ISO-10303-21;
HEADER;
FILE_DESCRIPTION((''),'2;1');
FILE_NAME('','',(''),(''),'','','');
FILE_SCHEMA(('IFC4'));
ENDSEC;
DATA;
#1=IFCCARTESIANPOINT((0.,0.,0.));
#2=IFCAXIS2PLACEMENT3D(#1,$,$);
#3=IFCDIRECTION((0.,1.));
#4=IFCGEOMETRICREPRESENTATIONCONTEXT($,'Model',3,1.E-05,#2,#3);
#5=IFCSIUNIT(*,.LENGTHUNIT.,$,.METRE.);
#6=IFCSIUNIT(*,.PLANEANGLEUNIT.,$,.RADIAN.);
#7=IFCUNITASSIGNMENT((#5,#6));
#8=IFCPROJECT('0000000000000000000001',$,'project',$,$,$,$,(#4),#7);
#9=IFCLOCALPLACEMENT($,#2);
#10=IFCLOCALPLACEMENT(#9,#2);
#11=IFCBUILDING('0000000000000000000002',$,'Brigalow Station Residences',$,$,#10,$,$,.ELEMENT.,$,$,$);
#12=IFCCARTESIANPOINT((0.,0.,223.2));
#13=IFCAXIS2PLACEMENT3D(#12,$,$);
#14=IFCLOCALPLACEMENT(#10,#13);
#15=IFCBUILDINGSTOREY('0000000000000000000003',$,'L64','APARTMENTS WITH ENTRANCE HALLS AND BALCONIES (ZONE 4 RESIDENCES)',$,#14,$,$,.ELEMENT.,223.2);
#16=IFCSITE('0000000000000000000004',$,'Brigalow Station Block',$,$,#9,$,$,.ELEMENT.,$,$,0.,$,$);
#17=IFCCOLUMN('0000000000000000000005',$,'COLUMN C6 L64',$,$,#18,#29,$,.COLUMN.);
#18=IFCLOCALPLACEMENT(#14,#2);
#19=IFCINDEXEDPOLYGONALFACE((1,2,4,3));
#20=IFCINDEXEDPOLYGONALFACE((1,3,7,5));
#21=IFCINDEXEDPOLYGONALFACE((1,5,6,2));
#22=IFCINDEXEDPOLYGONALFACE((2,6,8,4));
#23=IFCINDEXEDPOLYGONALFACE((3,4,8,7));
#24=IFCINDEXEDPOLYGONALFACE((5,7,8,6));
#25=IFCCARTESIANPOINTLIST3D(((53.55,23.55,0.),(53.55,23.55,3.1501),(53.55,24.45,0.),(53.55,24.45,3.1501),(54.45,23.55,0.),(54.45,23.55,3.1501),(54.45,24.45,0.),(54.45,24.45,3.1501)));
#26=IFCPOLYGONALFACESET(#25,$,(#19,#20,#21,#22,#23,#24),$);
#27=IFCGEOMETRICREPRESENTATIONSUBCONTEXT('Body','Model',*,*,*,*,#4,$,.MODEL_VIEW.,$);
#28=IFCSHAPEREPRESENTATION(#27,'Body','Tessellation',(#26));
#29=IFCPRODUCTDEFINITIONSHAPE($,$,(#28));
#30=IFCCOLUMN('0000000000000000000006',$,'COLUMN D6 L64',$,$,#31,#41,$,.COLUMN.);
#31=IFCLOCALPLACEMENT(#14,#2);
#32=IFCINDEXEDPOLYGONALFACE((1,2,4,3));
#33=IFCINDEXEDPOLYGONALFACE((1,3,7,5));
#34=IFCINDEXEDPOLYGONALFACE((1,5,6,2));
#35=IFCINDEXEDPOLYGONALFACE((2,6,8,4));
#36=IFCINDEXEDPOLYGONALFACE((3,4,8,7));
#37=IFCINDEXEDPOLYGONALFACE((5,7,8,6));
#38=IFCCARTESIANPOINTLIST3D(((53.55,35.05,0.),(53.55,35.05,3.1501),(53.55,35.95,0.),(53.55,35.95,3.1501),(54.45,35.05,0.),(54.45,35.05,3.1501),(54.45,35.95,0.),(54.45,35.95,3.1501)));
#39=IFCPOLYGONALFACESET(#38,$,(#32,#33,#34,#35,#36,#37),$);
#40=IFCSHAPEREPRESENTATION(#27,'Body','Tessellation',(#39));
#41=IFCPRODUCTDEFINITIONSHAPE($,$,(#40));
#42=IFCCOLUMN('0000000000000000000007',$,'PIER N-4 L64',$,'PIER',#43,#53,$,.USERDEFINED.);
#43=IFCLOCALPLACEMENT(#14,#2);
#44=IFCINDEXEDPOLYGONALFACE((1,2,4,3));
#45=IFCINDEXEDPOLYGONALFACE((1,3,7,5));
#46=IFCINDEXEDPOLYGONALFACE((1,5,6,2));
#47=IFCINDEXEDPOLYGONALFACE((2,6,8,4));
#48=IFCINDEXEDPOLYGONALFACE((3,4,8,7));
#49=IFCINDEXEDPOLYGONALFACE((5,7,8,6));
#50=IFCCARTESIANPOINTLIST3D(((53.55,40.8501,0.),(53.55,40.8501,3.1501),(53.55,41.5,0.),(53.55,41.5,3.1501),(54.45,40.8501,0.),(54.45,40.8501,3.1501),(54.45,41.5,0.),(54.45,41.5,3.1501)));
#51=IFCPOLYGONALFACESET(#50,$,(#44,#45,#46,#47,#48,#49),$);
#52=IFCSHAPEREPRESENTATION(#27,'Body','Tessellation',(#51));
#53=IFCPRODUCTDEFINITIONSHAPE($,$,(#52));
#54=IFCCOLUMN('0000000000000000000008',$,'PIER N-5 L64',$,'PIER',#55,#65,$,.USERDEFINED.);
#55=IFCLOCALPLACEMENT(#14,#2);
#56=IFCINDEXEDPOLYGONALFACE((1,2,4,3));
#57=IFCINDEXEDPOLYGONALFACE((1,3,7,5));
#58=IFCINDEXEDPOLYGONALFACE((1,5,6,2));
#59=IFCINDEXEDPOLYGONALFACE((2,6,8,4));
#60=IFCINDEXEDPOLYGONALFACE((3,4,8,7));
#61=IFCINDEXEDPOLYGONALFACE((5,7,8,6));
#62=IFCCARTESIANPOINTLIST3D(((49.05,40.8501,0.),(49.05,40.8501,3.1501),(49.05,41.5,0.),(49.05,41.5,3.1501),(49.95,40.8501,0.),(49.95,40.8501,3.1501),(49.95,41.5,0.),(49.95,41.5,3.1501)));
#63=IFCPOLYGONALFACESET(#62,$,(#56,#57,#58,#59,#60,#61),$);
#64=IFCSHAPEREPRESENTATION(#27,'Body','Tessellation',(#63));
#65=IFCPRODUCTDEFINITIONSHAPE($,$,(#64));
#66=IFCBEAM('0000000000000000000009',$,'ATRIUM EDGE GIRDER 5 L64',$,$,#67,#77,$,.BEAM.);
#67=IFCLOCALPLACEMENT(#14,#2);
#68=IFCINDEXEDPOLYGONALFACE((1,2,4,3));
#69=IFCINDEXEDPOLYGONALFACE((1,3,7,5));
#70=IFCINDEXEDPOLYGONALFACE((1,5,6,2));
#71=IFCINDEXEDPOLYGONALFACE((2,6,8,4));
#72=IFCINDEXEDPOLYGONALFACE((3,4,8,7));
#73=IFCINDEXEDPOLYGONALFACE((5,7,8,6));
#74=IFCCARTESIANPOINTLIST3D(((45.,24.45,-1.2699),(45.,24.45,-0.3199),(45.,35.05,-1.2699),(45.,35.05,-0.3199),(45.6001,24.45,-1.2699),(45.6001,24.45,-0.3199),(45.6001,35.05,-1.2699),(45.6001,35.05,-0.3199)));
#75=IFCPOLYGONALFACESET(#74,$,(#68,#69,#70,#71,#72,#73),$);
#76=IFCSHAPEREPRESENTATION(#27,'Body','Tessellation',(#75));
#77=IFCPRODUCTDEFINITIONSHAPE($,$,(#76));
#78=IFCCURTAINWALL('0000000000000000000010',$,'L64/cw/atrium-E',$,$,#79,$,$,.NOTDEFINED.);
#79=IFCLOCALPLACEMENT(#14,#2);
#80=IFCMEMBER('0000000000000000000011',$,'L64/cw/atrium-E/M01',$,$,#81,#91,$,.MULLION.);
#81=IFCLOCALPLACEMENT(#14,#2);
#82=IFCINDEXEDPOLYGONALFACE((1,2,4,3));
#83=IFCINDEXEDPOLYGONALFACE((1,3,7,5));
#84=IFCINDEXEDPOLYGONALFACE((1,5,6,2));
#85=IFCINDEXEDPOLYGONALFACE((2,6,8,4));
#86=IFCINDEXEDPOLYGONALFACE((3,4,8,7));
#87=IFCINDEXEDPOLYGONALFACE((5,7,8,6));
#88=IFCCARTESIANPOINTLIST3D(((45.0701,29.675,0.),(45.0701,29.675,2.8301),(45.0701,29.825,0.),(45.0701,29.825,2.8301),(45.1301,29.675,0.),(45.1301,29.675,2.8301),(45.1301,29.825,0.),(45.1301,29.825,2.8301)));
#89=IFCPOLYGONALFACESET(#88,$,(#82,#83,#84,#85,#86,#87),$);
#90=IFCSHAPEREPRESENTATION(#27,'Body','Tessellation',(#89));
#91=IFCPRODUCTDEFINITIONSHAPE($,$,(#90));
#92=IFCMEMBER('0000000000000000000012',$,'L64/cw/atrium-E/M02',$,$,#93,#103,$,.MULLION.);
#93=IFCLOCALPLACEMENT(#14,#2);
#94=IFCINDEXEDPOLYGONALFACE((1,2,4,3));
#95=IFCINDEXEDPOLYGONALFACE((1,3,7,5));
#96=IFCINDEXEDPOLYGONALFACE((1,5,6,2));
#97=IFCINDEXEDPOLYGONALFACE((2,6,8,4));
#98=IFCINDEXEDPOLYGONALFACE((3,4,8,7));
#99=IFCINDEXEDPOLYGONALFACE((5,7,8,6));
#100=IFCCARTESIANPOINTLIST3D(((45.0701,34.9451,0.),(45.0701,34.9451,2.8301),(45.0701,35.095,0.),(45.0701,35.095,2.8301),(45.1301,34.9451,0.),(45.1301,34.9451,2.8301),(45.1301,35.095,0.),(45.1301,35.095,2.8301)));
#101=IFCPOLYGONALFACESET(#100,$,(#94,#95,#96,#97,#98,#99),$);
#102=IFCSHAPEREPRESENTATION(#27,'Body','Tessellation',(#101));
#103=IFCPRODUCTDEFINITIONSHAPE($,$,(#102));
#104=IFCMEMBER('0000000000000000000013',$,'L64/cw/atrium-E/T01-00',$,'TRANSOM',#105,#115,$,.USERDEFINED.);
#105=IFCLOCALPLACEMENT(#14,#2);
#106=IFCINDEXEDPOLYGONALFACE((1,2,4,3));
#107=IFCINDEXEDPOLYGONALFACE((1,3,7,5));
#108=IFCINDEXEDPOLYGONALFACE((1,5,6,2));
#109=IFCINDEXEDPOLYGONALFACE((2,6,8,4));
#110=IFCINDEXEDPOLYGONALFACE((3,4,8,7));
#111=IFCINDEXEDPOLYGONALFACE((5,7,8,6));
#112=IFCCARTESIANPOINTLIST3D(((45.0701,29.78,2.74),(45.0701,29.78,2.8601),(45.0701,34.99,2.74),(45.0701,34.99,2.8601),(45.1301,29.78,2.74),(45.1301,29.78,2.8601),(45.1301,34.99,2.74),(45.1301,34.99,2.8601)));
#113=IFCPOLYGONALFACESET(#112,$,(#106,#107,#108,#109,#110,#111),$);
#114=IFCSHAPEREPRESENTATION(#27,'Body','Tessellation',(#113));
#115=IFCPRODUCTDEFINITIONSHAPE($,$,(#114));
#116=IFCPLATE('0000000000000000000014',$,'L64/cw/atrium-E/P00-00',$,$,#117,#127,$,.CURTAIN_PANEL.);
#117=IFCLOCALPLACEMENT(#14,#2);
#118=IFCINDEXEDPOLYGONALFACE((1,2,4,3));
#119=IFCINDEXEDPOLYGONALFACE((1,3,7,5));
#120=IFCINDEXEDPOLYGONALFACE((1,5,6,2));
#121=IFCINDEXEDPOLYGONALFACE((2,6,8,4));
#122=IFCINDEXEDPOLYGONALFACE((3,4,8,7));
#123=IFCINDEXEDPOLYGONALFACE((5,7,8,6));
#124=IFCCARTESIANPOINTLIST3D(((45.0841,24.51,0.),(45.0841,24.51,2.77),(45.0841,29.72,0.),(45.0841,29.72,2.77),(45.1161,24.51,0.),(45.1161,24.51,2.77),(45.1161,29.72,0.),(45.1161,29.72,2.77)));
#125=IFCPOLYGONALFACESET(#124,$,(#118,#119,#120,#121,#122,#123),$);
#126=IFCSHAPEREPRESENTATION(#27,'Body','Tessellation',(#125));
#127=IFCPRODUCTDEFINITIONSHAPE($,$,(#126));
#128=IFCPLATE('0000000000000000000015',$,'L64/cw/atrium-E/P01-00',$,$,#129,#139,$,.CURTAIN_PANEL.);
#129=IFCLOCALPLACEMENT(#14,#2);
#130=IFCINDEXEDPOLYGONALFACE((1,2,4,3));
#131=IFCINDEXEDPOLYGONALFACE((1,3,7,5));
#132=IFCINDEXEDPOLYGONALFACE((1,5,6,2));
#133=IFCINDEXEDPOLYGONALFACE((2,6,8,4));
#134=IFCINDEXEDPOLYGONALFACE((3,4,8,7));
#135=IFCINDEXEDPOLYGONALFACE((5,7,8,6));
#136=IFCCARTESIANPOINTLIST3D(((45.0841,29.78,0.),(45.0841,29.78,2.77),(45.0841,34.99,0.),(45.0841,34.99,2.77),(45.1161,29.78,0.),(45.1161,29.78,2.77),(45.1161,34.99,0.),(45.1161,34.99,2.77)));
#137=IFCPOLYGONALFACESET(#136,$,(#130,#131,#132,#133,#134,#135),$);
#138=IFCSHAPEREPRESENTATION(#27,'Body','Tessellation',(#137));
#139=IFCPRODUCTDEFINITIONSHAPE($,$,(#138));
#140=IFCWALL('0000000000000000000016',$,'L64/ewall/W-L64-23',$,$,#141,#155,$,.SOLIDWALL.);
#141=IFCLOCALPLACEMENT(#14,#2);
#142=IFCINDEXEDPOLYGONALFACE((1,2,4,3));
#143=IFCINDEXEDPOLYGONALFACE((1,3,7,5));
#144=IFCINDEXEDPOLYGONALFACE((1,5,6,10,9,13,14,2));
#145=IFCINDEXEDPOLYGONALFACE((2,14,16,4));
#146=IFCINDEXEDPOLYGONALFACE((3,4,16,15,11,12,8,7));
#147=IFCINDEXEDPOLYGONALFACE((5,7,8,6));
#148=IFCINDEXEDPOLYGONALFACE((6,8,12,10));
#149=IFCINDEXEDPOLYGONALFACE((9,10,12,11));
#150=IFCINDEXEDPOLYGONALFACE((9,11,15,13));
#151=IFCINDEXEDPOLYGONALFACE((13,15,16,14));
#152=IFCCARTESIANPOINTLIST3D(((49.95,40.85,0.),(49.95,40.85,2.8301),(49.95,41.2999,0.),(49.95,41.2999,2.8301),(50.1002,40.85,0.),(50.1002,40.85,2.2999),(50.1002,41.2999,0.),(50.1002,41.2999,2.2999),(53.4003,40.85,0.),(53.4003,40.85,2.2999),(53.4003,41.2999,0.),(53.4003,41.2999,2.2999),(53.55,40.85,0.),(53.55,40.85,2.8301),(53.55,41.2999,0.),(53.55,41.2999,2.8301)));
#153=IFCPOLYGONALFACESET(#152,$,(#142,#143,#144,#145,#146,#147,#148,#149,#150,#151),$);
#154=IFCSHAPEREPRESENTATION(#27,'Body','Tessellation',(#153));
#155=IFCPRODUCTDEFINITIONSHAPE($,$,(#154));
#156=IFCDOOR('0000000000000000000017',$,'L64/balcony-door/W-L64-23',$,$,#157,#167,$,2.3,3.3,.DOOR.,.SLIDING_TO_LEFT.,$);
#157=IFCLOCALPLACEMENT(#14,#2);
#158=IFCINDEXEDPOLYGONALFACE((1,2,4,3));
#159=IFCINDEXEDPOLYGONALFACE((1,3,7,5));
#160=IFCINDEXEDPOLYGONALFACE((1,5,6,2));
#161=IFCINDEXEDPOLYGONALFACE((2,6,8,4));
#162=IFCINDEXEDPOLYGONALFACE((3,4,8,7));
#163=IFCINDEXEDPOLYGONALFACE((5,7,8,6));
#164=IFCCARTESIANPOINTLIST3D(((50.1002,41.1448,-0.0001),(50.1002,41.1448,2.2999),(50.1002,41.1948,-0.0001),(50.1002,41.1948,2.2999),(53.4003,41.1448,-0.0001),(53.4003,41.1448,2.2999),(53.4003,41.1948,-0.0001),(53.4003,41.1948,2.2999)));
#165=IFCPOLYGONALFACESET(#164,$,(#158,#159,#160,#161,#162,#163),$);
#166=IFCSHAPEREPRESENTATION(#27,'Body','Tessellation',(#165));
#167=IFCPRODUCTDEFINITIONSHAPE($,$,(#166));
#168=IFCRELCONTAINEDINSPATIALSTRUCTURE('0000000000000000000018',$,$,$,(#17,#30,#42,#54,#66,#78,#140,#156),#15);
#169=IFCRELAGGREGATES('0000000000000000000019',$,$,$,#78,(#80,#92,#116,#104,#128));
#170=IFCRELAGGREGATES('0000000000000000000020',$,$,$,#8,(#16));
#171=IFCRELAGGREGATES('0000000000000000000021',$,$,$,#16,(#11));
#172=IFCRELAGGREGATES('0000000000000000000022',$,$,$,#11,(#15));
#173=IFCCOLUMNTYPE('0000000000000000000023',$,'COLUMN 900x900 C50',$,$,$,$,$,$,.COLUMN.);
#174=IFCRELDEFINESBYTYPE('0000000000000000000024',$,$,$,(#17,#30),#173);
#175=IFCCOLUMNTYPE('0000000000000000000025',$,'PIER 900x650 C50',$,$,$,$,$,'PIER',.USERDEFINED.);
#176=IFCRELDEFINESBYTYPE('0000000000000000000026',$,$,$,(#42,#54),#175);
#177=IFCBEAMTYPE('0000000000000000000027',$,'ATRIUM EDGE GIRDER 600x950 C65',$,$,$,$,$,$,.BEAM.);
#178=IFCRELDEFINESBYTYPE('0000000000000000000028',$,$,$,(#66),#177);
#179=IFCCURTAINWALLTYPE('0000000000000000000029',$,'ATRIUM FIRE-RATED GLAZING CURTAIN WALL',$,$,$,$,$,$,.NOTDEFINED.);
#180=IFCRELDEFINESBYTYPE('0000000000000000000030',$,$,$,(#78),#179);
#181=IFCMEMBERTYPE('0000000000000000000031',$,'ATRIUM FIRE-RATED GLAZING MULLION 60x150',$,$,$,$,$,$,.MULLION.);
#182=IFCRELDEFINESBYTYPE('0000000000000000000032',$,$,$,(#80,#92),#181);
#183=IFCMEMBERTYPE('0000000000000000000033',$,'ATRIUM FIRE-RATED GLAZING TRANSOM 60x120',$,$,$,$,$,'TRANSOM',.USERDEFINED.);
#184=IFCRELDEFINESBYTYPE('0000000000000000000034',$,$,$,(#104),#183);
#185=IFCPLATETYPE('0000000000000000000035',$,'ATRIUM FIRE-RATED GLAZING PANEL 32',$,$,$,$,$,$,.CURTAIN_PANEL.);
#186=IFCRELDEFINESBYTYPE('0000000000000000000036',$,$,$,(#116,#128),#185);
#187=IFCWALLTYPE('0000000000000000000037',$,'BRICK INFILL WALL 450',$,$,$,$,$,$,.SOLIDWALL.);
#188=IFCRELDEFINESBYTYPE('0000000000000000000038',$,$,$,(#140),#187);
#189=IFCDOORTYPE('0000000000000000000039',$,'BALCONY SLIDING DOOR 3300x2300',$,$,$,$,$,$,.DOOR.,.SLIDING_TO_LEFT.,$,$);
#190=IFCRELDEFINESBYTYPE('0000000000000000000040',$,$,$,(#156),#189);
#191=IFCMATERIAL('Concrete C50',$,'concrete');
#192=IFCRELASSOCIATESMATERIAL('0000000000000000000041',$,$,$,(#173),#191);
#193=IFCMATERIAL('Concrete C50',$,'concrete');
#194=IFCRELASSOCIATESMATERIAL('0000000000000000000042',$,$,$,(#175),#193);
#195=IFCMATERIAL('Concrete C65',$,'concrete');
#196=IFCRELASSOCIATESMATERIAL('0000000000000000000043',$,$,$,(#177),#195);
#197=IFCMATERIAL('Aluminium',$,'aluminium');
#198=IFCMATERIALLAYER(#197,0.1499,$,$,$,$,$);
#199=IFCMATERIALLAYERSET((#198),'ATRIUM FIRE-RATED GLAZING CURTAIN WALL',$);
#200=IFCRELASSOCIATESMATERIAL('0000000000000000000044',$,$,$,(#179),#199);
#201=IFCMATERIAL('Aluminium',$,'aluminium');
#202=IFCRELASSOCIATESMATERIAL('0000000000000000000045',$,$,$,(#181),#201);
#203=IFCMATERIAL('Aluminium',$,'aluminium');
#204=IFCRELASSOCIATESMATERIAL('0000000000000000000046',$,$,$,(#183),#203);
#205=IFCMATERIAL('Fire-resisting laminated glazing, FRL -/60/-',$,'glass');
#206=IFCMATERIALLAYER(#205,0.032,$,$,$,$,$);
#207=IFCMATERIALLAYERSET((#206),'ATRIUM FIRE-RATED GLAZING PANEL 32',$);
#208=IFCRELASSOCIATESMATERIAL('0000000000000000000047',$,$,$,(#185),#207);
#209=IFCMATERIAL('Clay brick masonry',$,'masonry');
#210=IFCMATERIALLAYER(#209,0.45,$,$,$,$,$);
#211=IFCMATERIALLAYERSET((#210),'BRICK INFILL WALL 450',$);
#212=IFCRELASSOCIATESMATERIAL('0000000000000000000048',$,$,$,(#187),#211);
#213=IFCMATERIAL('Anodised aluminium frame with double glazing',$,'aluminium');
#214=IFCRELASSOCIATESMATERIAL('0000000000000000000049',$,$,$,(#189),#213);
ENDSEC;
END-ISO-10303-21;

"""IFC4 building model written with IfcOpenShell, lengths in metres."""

from ifc_helpers import new_model, si_unit, direction, frame, frame_2d, origin, origin_2d, place, context, subcontext, project, spatial, rectangle, extrude, material, layer, layer_set, material_profile, profile_set, type_object, element, fill, aggregate, save


model = new_model("IFC4")

# Units and contexts
model_context = context("Model", 3, precision=1e-05, world=origin(), true_north=direction((0.0, 1.0)))
body_context = subcontext(model_context, "Body", "Model", "MODEL_VIEW")
ifc_project = project(units=[si_unit("LENGTHUNIT", "METRE"), si_unit("PLANEANGLEUNIT", "RADIAN")], contexts=[model_context])

# Site, building, storey
site_placement = place(None, origin())
site = spatial("IfcSite", under=ifc_project, at=site_placement, Name="Brigalow Station Block", CompositionType="ELEMENT", RefElevation=0.0)
building_placement = place(site_placement, origin())
building = spatial("IfcBuilding", under=site, at=building_placement, Name="Brigalow Station Residences", CompositionType="ELEMENT")
storey_placement = place(building_placement, frame((0.0, 0.0, 223.2)))
storey = spatial("IfcBuildingStorey", under=building, at=storey_placement, Name="L64", Description="APARTMENTS WITH ENTRANCE HALLS AND BALCONIES (ZONE 4 RESIDENCES)", CompositionType="ELEMENT", Elevation=223.2)

# Columns
ifc_material_1 = material(Name="Concrete C50", Category="concrete")
ifc_material_profile_1 = material_profile(ifc_material_1, rectangle(XDim=0.8999, YDim=0.8999, at=origin_2d()), Name="RC900x900")
ifc_profile_set_1 = profile_set([ifc_material_profile_1], Name="Concrete C50")
column_type_1 = type_object("IfcColumnType", Name="COLUMN 900x900 C50", PredefinedType="COLUMN", material=ifc_profile_set_1)
for number, where, z_axis, x_axis, name in (
    (1, (54.0, 24.0, 0.0), (0.0, 0.0, 1.0), (1.0, 0.0, 0.0), "COLUMN C6 L64"),
    (2, (54.0, 35.5, 0.0), (0.0, 0.0, 1.0), (1.0, 0.0, 0.0), "COLUMN D6 L64"),
):
    element("IfcColumn", number, at=place(storey_placement, frame(where, z_axis=z_axis, x_axis=x_axis)), inside=storey, type_object=column_type_1, Name=name, PredefinedType="COLUMN", context=body_context, shape_type="SweptSolid", body=[
        extrude(rectangle(XDim=0.8999, YDim=0.8999, at=origin_2d()), origin(), (0.0, 0.0, 1.0), 3.1501),
    ])
ifc_material_2 = material(Name="Concrete C50", Category="concrete")
ifc_material_profile_2 = material_profile(ifc_material_2, rectangle(XDim=0.8999, YDim=0.6499, at=origin_2d()), Name="RC900x650")
ifc_profile_set_2 = profile_set([ifc_material_profile_2], Name="Concrete C50")
column_type_2 = type_object("IfcColumnType", Name="PIER 900x650 C50", ElementType="PIER", PredefinedType="USERDEFINED", material=ifc_profile_set_2)
for number, where, z_axis, x_axis, name in (
    (3, (54.0, 41.175, 0.0), (0.0, 0.0, 1.0), (-1.0, 0.0, 0.0), "PIER N-4 L64"),
    (4, (49.5, 41.175, 0.0), (0.0, 0.0, 1.0), (-1.0, 0.0, 0.0), "PIER N-5 L64"),
):
    element("IfcColumn", number, at=place(storey_placement, frame(where, z_axis=z_axis, x_axis=x_axis)), inside=storey, type_object=column_type_2, Name=name, ObjectType="PIER", PredefinedType="USERDEFINED", context=body_context, shape_type="SweptSolid", body=[
        extrude(rectangle(XDim=0.8999, YDim=0.6499, at=origin_2d()), origin(), (0.0, 0.0, 1.0), 3.1501),
    ])

# Beam
ifc_material_3 = material(Name="Concrete C65", Category="concrete")
ifc_material_profile_3 = material_profile(ifc_material_3, rectangle(XDim=0.6001, YDim=0.95, at=origin_2d()), Name="RC600x950")
ifc_profile_set_3 = profile_set([ifc_material_profile_3], Name="Concrete C65")
beam_type = type_object("IfcBeamType", Name="ATRIUM EDGE GIRDER 600x950 C65", PredefinedType="BEAM", material=ifc_profile_set_3)
beam_placement = place(storey_placement, frame((45.3, 24.45, -0.7949), z_axis=(0.0, 1.0, 0.0), x_axis=(-1.0, 0.0, 0.0)))
element("IfcBeam", 5, at=beam_placement, inside=storey, type_object=beam_type, Name="ATRIUM EDGE GIRDER 5 L64", PredefinedType="BEAM", context=body_context, shape_type="SweptSolid", body=[
    extrude(rectangle(XDim=0.6001, YDim=0.95, at=origin_2d()), origin(), (0.0, 0.0, 1.0), 10.6001),
])

# Curtain wall, members, plates
ifc_material_4 = material(Name="Aluminium", Category="aluminium")
ifc_layer_1 = layer(ifc_material_4, 0.1499)
ifc_layer_set_1 = layer_set([ifc_layer_1], Name="ATRIUM FIRE-RATED GLAZING CURTAIN WALL")
curtain_wall_type = type_object("IfcCurtainWallType", Name="ATRIUM FIRE-RATED GLAZING CURTAIN WALL", PredefinedType="NOTDEFINED", material=ifc_layer_set_1)
curtain_wall_placement = place(storey_placement, origin())
curtain_wall = element("IfcCurtainWall", 6, at=curtain_wall_placement, inside=storey, type_object=curtain_wall_type, Name="L64/cw/atrium-E", PredefinedType="NOTDEFINED")
ifc_material_5 = material(Name="Aluminium", Category="aluminium")
ifc_material_profile_4 = material_profile(ifc_material_5, rectangle(XDim=0.0601, YDim=0.1499, at=origin_2d()), Name="ATRIUM FIRE-RATED GLAZING MULLION 60x150")
ifc_profile_set_4 = profile_set([ifc_material_profile_4], Name="Aluminium")
member_type_1 = type_object("IfcMemberType", Name="ATRIUM FIRE-RATED GLAZING MULLION 60x150", PredefinedType="MULLION", material=ifc_profile_set_4)
member_1_placement = place(storey_placement, frame((45.1001, 29.75, 0.0), z_axis=(0.0, 0.0, 1.0), x_axis=(-1.0, 0.0, 0.0)))
member_1 = element("IfcMember", 7, at=member_1_placement, type_object=member_type_1, Name="L64/cw/atrium-E/M01", PredefinedType="MULLION", context=body_context, shape_type="SweptSolid", body=[
    extrude(rectangle(XDim=0.0601, YDim=0.1499, at=origin_2d()), origin(), (0.0, 0.0, 1.0), 2.8301),
])
member_2_placement = place(storey_placement, frame((45.1001, 35.02, 0.0), z_axis=(0.0, 0.0, 1.0), x_axis=(-1.0, 0.0, 0.0)))
member_2 = element("IfcMember", 8, at=member_2_placement, type_object=member_type_1, Name="L64/cw/atrium-E/M02", PredefinedType="MULLION", context=body_context, shape_type="SweptSolid", body=[
    extrude(rectangle(XDim=0.0601, YDim=0.1499, at=origin_2d()), origin(), (0.0, 0.0, 1.0), 2.8301),
])
ifc_material_6 = material(Name="Aluminium", Category="aluminium")
ifc_material_profile_5 = material_profile(ifc_material_6, rectangle(XDim=0.0601, YDim=0.1201, at=origin_2d()), Name="ATRIUM FIRE-RATED GLAZING TRANSOM 60x120")
ifc_profile_set_5 = profile_set([ifc_material_profile_5], Name="Aluminium")
member_type_2 = type_object("IfcMemberType", Name="ATRIUM FIRE-RATED GLAZING TRANSOM 60x120", ElementType="TRANSOM", PredefinedType="USERDEFINED", material=ifc_profile_set_5)
member_3_placement = place(storey_placement, frame((45.1001, 29.78, 2.8), z_axis=(0.0, 1.0, 0.0), x_axis=(-1.0, 0.0, 0.0)))
member_3 = element("IfcMember", 9, at=member_3_placement, type_object=member_type_2, Name="L64/cw/atrium-E/T01-00", ObjectType="TRANSOM", PredefinedType="USERDEFINED", context=body_context, shape_type="SweptSolid", body=[
    extrude(rectangle(XDim=0.0601, YDim=0.1201, at=origin_2d()), origin(), (0.0, 0.0, 1.0), 5.21),
])
ifc_material_7 = material(Name="Fire-resisting laminated glazing, FRL -/60/-", Category="glass")
ifc_layer_2 = layer(ifc_material_7, 0.032)
ifc_layer_set_2 = layer_set([ifc_layer_2], Name="ATRIUM FIRE-RATED GLAZING PANEL 32")
plate_type = type_object("IfcPlateType", Name="ATRIUM FIRE-RATED GLAZING PANEL 32", PredefinedType="CURTAIN_PANEL", material=ifc_layer_set_2)
plate_1_placement = place(storey_placement, frame((45.1001, 27.115, 0.0), z_axis=(0.0, 0.0, 1.0), x_axis=(0.0, 1.0, 0.0)))
plate_1 = element("IfcPlate", 10, at=plate_1_placement, type_object=plate_type, Name="L64/cw/atrium-E/P00-00", PredefinedType="CURTAIN_PANEL", context=body_context, shape_type="SweptSolid", body=[
    extrude(rectangle(XDim=5.21, YDim=0.032, at=origin_2d()), origin(), (0.0, 0.0, 1.0), 2.77),
])
plate_2_placement = place(storey_placement, frame((45.1001, 32.385, 0.0), z_axis=(0.0, 0.0, 1.0), x_axis=(0.0, 1.0, 0.0)))
plate_2 = element("IfcPlate", 11, at=plate_2_placement, type_object=plate_type, Name="L64/cw/atrium-E/P01-00", PredefinedType="CURTAIN_PANEL", context=body_context, shape_type="SweptSolid", body=[
    extrude(rectangle(XDim=5.21, YDim=0.032, at=origin_2d()), origin(), (0.0, 0.0, 1.0), 2.77),
])
aggregate(curtain_wall, [member_1, member_2, plate_1, member_3, plate_2])

# Wall, opening, door
ifc_material_8 = material(Name="Clay brick masonry", Category="masonry")
ifc_layer_3 = layer(ifc_material_8, 0.45)
ifc_layer_set_3 = layer_set([ifc_layer_3], Name="BRICK INFILL WALL 450")
wall_type_1 = type_object("IfcWallType", Name="BRICK INFILL WALL 450", PredefinedType="SOLIDWALL", material=ifc_layer_set_3)
wall_1_placement = place(storey_placement, frame((53.55, 41.075, 0.0), z_axis=(0.0, 0.0, 1.0), x_axis=(-1.0, 0.0, 0.0)))
wall_1 = element("IfcWall", 12, at=wall_1_placement, inside=storey, type_object=wall_type_1, Name="L64/ewall/W-L64-23", PredefinedType="SOLIDWALL", context=body_context, shape_type="SweptSolid", body=[
    extrude(rectangle(XDim=3.6001, YDim=0.45, at=frame_2d((1.8, 0.0))), origin(), (0.0, 0.0, 1.0), 2.8301),
])
opening_1_placement = place(wall_1_placement, frame((0.1499, 0.0, 0.0)))
opening_1 = element("IfcOpeningElement", 13, at=opening_1_placement, cuts=wall_1, PredefinedType="OPENING", context=body_context, shape_type="SweptSolid", body=[
    extrude(rectangle(XDim=3.3, YDim=2.3, at=frame_2d((1.6499, 1.1499))), frame((0.0, 0.2349, 0.0), z_axis=(0.0, -1.0, 0.0), x_axis=(1.0, 0.0, 0.0)), (0.0, 0.0, 1.0), 0.47),
])
ifc_material_9 = material(Name="Anodised aluminium frame with double glazing", Category="aluminium")
door_type_1 = type_object("IfcDoorType", Name="BALCONY SLIDING DOOR 3300x2300", OperationType="SLIDING_TO_LEFT", PredefinedType="DOOR", material=ifc_material_9)
door_1_placement = place(opening_1_placement, origin())
door_1 = element("IfcDoor", 14, at=door_1_placement, inside=storey, type_object=door_type_1, Name="L64/balcony-door/W-L64-23", OperationType="SLIDING_TO_LEFT", OverallHeight=2.3, OverallWidth=3.3, PredefinedType="DOOR", context=body_context, shape_type="SweptSolid", body=[
    extrude(rectangle(XDim=3.3, YDim=2.3, at=frame_2d((1.6499, 1.1499))), frame((0.0, -0.0698, 0.0), z_axis=(0.0, -1.0, 0.0), x_axis=(1.0, 0.0, 0.0)), (0.0, 0.0, 1.0), 0.05),
])
fill(opening_1, door_1)

save(model, "model.ifc")
